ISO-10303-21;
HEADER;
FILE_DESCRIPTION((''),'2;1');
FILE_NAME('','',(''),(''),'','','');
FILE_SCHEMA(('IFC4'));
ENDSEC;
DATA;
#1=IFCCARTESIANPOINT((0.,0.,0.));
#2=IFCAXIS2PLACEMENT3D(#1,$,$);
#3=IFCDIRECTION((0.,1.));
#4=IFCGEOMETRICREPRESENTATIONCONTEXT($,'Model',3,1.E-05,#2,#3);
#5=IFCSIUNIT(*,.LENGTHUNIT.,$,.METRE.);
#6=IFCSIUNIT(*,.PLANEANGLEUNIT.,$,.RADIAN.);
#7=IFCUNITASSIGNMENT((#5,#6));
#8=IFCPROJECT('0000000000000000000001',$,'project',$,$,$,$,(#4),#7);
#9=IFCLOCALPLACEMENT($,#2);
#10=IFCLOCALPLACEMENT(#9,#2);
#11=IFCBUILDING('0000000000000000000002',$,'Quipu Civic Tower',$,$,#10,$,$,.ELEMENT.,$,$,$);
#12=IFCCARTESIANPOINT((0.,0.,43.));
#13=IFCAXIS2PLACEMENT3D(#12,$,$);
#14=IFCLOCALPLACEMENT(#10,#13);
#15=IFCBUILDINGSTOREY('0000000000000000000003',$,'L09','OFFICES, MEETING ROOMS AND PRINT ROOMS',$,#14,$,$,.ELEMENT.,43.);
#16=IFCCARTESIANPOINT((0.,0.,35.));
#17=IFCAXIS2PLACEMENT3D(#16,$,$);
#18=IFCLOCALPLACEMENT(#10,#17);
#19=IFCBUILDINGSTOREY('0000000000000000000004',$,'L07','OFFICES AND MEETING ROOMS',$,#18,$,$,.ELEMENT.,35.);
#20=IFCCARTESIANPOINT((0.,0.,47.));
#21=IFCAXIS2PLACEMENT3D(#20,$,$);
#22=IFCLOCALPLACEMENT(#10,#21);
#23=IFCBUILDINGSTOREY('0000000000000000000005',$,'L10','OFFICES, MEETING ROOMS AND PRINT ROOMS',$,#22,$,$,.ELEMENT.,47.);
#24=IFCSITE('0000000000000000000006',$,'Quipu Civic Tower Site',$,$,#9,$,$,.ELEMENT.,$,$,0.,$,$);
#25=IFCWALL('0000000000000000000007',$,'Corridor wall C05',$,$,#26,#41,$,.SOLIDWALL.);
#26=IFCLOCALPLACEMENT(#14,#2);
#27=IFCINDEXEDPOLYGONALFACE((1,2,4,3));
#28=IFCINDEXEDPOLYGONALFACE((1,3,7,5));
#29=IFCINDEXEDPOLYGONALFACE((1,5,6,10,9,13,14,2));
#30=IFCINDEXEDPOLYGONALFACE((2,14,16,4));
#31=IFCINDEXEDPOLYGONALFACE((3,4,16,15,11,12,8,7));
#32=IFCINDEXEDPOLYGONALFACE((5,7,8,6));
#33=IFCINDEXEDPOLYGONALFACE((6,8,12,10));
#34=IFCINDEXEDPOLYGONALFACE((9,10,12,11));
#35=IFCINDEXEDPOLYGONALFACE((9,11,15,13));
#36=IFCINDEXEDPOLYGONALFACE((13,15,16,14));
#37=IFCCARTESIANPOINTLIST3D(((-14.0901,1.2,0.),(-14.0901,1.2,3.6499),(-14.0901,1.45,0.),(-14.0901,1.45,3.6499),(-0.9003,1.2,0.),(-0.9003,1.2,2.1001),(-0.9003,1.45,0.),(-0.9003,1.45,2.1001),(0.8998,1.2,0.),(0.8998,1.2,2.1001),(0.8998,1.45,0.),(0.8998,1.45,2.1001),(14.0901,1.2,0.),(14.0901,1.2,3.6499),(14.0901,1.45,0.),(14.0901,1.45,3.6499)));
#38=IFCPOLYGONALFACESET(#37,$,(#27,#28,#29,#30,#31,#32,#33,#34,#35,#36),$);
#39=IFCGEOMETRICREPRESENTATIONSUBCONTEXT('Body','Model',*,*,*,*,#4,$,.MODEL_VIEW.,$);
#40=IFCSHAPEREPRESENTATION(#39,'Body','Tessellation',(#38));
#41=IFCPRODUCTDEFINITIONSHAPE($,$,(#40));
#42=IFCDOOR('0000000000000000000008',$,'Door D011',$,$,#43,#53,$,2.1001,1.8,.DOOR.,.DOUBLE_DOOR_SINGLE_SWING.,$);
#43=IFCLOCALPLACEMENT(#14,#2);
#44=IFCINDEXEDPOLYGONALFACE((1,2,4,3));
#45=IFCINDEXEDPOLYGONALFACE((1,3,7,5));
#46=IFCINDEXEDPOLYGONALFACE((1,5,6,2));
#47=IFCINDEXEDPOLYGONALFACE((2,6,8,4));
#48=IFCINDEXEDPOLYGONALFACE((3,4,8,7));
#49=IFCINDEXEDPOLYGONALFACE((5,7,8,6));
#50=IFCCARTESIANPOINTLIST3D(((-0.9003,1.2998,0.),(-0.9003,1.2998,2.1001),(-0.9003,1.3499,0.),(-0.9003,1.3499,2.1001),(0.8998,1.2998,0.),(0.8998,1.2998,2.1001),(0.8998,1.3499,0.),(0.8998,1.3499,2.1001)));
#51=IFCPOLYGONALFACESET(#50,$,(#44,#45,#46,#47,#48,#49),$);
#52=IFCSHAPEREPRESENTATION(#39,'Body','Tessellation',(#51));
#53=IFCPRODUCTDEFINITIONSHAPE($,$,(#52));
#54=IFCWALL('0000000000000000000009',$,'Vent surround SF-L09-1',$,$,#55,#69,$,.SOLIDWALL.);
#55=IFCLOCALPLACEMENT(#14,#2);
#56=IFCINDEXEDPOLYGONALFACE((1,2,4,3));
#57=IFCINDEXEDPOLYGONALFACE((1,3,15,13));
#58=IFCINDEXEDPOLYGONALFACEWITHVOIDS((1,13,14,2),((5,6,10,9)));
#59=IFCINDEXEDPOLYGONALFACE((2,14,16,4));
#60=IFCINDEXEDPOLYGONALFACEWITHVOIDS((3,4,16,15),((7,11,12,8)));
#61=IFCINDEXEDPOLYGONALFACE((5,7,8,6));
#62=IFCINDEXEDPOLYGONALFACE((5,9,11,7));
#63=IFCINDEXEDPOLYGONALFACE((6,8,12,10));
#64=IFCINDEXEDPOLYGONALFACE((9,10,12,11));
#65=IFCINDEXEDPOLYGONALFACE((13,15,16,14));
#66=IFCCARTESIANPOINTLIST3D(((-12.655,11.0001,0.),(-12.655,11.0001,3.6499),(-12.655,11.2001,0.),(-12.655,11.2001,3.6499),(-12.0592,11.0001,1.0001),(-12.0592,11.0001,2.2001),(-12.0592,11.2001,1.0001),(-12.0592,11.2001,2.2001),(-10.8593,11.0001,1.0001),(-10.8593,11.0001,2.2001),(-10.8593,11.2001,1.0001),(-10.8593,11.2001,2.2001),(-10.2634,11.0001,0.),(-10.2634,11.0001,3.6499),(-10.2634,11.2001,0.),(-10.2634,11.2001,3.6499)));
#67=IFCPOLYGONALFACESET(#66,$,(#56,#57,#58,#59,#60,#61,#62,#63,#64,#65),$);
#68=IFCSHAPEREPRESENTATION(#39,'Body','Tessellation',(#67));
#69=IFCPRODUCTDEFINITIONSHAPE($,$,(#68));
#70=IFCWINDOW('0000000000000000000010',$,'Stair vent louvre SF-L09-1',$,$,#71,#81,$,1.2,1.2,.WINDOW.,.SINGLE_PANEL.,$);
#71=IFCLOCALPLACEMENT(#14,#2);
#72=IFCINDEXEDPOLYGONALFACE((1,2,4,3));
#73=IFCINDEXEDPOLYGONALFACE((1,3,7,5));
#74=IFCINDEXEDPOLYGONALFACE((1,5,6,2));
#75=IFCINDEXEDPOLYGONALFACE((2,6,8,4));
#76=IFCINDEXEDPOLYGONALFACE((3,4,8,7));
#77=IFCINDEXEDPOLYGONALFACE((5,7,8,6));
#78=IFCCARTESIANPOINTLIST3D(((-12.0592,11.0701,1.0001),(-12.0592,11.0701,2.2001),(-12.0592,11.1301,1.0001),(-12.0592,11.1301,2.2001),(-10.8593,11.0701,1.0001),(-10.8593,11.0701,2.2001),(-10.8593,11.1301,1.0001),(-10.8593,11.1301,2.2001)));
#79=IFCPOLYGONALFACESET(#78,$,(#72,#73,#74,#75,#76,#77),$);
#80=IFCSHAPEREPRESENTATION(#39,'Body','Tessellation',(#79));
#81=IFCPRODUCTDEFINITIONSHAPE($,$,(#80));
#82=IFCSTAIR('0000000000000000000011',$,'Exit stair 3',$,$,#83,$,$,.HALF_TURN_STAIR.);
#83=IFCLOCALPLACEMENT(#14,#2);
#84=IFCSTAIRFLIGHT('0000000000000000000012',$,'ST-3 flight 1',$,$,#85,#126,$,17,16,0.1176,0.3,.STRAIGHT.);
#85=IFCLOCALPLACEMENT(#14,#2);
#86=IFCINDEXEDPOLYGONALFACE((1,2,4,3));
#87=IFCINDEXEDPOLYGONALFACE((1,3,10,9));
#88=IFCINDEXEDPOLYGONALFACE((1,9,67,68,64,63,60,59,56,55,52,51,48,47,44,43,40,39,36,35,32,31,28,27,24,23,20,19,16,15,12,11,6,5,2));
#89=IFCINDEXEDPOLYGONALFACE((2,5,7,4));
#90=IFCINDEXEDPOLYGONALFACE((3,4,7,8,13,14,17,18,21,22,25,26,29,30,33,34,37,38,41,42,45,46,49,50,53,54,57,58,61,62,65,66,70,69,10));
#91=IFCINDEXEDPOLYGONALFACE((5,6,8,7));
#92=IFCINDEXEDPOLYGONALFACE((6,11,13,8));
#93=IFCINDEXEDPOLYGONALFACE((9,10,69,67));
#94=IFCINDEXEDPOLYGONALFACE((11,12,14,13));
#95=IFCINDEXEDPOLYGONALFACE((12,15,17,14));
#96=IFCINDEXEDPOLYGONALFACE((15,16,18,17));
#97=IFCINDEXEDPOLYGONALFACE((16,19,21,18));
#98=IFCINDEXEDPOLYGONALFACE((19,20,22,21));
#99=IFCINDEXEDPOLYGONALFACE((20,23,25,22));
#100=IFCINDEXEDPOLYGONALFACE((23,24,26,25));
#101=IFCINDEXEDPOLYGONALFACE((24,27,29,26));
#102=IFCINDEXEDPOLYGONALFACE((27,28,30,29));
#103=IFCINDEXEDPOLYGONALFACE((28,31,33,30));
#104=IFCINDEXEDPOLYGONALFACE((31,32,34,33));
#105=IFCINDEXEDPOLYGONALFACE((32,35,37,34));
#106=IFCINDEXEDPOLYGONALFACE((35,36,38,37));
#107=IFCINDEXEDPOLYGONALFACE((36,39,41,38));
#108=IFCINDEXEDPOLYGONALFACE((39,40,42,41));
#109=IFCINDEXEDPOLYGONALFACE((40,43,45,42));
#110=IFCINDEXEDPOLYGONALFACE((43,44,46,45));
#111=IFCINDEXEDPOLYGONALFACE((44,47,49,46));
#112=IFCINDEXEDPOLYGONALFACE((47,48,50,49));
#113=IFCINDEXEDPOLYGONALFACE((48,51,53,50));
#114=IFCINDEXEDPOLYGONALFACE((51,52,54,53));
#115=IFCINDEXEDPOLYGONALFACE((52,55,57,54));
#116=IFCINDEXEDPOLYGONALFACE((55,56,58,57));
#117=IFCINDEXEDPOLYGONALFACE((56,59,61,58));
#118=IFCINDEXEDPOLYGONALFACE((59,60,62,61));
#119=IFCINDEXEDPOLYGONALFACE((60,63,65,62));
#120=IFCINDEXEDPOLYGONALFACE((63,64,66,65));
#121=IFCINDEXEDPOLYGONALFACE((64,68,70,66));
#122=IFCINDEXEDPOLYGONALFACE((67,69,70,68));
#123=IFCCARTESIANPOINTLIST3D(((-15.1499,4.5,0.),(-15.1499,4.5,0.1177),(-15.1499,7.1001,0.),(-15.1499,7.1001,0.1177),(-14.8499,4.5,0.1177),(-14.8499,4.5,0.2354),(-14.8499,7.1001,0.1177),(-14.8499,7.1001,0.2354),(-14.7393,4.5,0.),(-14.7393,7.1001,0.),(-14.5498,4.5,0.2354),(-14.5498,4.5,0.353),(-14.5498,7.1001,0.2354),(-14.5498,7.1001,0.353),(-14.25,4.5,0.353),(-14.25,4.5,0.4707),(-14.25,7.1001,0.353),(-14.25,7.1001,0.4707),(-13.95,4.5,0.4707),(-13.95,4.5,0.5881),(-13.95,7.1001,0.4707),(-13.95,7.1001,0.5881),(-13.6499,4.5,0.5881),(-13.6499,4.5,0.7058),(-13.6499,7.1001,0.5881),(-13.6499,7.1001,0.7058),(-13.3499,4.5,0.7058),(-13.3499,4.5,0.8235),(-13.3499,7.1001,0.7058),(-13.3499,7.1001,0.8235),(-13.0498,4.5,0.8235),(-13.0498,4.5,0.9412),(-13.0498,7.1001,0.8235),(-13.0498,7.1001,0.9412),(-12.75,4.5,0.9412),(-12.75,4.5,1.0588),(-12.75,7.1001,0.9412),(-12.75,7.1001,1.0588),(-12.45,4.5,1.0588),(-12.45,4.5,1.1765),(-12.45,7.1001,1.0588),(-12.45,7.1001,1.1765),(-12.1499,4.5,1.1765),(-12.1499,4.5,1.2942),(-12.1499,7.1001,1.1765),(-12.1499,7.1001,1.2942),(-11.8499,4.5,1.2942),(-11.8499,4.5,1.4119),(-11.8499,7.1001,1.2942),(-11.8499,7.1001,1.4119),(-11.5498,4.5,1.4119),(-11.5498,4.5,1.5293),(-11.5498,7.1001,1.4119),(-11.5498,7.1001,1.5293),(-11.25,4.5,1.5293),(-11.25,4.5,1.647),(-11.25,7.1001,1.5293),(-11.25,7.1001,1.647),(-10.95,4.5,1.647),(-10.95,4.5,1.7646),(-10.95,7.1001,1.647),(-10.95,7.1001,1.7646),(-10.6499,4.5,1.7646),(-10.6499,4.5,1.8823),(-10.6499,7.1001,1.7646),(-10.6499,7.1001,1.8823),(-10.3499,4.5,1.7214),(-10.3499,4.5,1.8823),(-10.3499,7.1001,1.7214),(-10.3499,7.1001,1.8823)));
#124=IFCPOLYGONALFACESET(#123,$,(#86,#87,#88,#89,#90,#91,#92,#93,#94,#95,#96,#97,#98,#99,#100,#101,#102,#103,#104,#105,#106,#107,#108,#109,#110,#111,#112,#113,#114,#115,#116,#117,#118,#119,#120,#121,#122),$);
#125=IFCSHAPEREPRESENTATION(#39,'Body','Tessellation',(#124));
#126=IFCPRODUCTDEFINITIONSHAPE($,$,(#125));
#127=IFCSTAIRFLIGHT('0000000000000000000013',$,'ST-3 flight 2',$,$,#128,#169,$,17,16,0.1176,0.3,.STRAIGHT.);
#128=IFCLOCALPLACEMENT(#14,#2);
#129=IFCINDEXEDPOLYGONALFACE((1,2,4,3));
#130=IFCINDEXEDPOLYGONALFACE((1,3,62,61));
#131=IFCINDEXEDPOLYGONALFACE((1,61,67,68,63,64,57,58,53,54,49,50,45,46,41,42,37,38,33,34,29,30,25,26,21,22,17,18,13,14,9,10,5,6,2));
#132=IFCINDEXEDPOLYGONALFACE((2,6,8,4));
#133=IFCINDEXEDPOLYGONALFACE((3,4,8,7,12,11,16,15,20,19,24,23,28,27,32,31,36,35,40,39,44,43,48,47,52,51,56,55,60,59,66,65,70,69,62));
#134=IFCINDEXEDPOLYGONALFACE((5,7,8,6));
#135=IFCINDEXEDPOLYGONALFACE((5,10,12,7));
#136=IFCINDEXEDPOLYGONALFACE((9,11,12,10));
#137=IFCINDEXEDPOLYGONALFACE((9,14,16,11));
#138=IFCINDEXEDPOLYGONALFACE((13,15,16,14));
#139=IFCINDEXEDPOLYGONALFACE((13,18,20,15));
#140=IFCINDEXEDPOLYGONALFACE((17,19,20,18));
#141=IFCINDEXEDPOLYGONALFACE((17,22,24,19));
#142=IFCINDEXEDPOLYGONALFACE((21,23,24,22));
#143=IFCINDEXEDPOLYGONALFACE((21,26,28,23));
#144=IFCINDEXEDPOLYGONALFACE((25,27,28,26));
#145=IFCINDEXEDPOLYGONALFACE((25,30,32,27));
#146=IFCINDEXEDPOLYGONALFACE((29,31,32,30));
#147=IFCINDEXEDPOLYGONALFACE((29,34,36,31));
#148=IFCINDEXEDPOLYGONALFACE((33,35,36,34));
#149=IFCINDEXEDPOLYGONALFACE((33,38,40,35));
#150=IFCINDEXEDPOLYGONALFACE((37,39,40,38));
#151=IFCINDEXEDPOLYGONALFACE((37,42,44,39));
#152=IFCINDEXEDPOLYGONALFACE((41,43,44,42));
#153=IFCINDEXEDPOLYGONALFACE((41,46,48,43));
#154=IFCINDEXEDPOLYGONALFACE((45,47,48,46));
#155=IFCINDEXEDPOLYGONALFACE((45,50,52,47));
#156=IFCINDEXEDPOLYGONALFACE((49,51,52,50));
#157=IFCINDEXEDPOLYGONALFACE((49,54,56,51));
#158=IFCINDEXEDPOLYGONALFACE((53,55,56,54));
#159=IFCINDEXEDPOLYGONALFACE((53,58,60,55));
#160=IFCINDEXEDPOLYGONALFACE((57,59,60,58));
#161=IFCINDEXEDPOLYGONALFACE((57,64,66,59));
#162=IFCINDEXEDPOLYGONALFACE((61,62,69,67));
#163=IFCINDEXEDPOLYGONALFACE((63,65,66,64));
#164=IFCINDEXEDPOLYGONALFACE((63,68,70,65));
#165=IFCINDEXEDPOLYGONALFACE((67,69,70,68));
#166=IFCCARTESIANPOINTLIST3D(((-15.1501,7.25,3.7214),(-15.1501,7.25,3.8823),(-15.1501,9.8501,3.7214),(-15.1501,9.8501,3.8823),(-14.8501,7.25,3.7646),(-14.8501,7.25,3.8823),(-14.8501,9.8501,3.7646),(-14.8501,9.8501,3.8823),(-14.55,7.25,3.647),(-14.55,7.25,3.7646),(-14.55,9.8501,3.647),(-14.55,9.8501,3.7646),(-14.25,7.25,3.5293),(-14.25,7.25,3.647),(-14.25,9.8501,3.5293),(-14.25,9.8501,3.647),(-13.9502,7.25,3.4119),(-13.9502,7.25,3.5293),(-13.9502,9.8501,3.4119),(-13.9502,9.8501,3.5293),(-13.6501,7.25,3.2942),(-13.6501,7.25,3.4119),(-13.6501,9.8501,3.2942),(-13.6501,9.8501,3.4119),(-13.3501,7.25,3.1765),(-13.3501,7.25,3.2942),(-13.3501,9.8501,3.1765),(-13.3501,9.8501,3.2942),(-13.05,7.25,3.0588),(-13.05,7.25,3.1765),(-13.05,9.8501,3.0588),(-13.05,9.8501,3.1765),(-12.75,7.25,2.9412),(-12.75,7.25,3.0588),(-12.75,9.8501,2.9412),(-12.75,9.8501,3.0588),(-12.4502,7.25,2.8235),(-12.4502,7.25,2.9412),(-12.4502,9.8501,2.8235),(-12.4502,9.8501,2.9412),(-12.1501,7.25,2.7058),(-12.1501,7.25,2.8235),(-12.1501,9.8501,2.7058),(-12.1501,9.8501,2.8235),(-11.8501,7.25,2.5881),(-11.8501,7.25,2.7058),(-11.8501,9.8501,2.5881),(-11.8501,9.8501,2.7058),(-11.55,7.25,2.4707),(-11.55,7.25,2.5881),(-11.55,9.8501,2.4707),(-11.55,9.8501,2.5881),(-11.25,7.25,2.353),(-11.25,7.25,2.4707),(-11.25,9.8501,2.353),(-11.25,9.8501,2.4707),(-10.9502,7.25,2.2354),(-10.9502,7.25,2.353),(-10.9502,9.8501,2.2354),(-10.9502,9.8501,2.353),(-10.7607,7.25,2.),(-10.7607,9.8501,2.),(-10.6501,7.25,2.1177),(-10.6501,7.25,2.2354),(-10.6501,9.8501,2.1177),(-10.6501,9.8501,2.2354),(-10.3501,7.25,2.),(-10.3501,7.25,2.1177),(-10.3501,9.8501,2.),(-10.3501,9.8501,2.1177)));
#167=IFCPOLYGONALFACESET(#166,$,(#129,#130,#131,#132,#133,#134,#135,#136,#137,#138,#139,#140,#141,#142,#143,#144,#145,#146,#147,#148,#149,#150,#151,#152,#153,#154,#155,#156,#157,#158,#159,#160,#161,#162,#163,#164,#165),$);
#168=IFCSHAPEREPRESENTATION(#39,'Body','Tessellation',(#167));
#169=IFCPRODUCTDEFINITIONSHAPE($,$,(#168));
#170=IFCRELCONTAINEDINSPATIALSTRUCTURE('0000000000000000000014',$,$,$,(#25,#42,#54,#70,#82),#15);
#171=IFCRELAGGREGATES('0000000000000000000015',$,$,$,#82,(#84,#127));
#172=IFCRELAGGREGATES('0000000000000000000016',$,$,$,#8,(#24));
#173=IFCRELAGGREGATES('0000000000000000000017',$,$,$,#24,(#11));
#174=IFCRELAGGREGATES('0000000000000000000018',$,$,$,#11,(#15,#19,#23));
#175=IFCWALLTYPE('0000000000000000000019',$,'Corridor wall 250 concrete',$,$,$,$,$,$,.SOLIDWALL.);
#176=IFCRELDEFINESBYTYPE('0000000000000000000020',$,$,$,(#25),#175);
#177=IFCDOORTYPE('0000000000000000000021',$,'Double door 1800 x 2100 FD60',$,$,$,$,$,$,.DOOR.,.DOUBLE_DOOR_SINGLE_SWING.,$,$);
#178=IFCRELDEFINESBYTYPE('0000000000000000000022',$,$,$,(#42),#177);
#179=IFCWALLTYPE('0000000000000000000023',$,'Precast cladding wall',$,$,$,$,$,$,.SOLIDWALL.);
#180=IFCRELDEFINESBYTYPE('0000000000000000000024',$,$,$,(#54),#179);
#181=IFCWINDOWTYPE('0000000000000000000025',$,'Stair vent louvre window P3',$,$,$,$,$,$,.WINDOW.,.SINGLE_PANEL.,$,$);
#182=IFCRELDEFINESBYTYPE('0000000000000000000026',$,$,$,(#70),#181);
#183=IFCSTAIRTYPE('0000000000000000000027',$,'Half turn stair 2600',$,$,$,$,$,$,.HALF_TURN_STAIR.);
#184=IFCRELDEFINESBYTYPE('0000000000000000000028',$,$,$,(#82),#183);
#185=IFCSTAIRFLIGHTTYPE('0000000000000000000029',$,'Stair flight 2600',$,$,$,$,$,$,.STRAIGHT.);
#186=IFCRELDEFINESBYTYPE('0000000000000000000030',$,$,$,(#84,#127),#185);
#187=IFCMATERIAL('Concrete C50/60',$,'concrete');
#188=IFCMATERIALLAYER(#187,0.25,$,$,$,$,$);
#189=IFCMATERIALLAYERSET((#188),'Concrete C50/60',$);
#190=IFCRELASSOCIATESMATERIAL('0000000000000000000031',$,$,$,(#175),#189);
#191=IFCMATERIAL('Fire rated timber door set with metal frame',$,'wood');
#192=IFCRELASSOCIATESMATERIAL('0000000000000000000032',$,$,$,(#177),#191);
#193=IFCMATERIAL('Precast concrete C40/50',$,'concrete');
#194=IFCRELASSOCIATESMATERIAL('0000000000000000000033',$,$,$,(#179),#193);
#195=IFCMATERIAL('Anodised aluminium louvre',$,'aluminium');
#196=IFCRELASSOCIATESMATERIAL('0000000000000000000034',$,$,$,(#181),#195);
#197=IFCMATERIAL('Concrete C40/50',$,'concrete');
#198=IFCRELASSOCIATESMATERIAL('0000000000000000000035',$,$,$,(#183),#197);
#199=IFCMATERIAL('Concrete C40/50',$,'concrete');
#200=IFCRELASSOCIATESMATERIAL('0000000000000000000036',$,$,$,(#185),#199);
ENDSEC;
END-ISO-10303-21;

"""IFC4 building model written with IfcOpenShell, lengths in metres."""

from ifc_helpers import new_model, si_unit, direction, frame, frame_2d, origin, place, context, subcontext, project, spatial, polyline, rectangle, outline, extrude, material, layer, layer_set, type_object, element, fill, aggregate, save


model = new_model("IFC4")

# Units and contexts
model_context = context("Model", 3, precision=1e-05, world=origin(), true_north=direction((0.0, 1.0)))
body_context = subcontext(model_context, "Body", "Model", "MODEL_VIEW")
ifc_project = project(units=[si_unit("LENGTHUNIT", "METRE"), si_unit("PLANEANGLEUNIT", "RADIAN")], contexts=[model_context])

# Site, building, storey
site_placement = place(None, origin())
site = spatial("IfcSite", under=ifc_project, at=site_placement, Name="Quipu Civic Tower Site", CompositionType="ELEMENT", RefElevation=0.0)
building_placement = place(site_placement, origin())
building = spatial("IfcBuilding", under=site, at=building_placement, Name="Quipu Civic Tower", CompositionType="ELEMENT")
storey_1_placement = place(building_placement, frame((0.0, 0.0, 43.0)))
storey_1 = spatial("IfcBuildingStorey", under=building, at=storey_1_placement, Name="L09", Description="OFFICES, MEETING ROOMS AND PRINT ROOMS", CompositionType="ELEMENT", Elevation=43.0)

# Shared definitions
storey_2_placement = place(building_placement, frame((0.0, 0.0, 35.0)))
storey_2 = spatial("IfcBuildingStorey", under=building, at=storey_2_placement, Name="L07", Description="OFFICES AND MEETING ROOMS", CompositionType="ELEMENT", Elevation=35.0)

# Shared definitions
storey_3_placement = place(building_placement, frame((0.0, 0.0, 47.0)))
storey_3 = spatial("IfcBuildingStorey", under=building, at=storey_3_placement, Name="L10", Description="OFFICES, MEETING ROOMS AND PRINT ROOMS", CompositionType="ELEMENT", Elevation=47.0)

# Wall, opening, door
ifc_material_1 = material(Name="Concrete C50/60", Category="concrete")
ifc_layer_1 = layer(ifc_material_1, 0.25)
ifc_layer_set_1 = layer_set([ifc_layer_1], Name="Concrete C50/60")
wall_type_1 = type_object("IfcWallType", Name="Corridor wall 250 concrete", PredefinedType="SOLIDWALL", material=ifc_layer_set_1)
wall_1_placement = place(storey_1_placement, frame((-14.0901, 1.325, 0.0), z_axis=(0.0, 0.0, 1.0), x_axis=(1.0, 0.0, 0.0)))
wall_1 = element("IfcWall", 1, at=wall_1_placement, inside=storey_1, type_object=wall_type_1, Name="Corridor wall C05", PredefinedType="SOLIDWALL", context=body_context, shape_type="SweptSolid", body=[
    extrude(rectangle(XDim=28.1802, YDim=0.25, at=frame_2d((14.0901, 0.0))), origin(), (0.0, 0.0, 1.0), 3.6499),
])
opening_1_placement = place(wall_1_placement, frame((13.1899, 0.0, 0.0)))
opening_1 = element("IfcOpeningElement", 2, at=opening_1_placement, cuts=wall_1, PredefinedType="OPENING", context=body_context, shape_type="SweptSolid", body=[
    extrude(rectangle(XDim=1.8, YDim=2.1001, at=frame_2d((0.8999, 1.05))), frame((0.0, 0.135, 0.0), z_axis=(0.0, -1.0, 0.0), x_axis=(1.0, 0.0, 0.0)), (0.0, 0.0, 1.0), 0.27),
])
ifc_material_2 = material(Name="Fire rated timber door set with metal frame", Category="wood")
door_type = type_object("IfcDoorType", Name="Double door 1800 x 2100 FD60", OperationType="DOUBLE_DOOR_SINGLE_SWING", PredefinedType="DOOR", material=ifc_material_2)
door_placement = place(opening_1_placement, origin())
door = element("IfcDoor", 3, at=door_placement, inside=storey_1, type_object=door_type, Name="Door D011", OperationType="DOUBLE_DOOR_SINGLE_SWING", OverallHeight=2.1001, OverallWidth=1.8, PredefinedType="DOOR", context=body_context, shape_type="SweptSolid", body=[
    extrude(rectangle(XDim=1.8, YDim=2.1001, at=frame_2d((0.8999, 1.05))), frame((0.0, 0.0249, 0.0), z_axis=(0.0, -1.0, 0.0), x_axis=(1.0, 0.0, 0.0)), (0.0, 0.0, 1.0), 0.05),
])
fill(opening_1, door)

# Wall, opening, window
ifc_material_3 = material(Name="Precast concrete C40/50", Category="concrete")
wall_type_2 = type_object("IfcWallType", Name="Precast cladding wall", PredefinedType="SOLIDWALL", material=ifc_material_3)
wall_2_placement = place(storey_1_placement, frame((-10.2634, 11.1001, 0.0), z_axis=(0.0, 0.0, 1.0), x_axis=(-1.0, 0.0, 0.0)))
wall_2 = element("IfcWall", 4, at=wall_2_placement, inside=storey_1, type_object=wall_type_2, Name="Vent surround SF-L09-1", PredefinedType="SOLIDWALL", context=body_context, shape_type="SweptSolid", body=[
    extrude(rectangle(XDim=2.3916, YDim=0.2, at=frame_2d((1.1958, 0.0))), origin(), (0.0, 0.0, 1.0), 3.6499),
])
opening_2_placement = place(wall_2_placement, frame((0.5957, 0.0, 1.0)))
opening_2 = element("IfcOpeningElement", 5, at=opening_2_placement, cuts=wall_2, PredefinedType="OPENING", context=body_context, shape_type="SweptSolid", body=[
    extrude(rectangle(XDim=1.2, YDim=1.2, at=frame_2d((0.6001, 0.6001))), frame((0.0, 0.1099, 0.0), z_axis=(0.0, -1.0, 0.0), x_axis=(1.0, 0.0, 0.0)), (0.0, 0.0, 1.0), 0.22),
])
ifc_material_4 = material(Name="Anodised aluminium louvre", Category="aluminium")
window_type = type_object("IfcWindowType", Name="Stair vent louvre window P3", PartitioningType="SINGLE_PANEL", PredefinedType="WINDOW", material=ifc_material_4)
window_placement = place(opening_2_placement, origin())
window = element("IfcWindow", 6, at=window_placement, inside=storey_1, type_object=window_type, Name="Stair vent louvre SF-L09-1", OverallHeight=1.2, OverallWidth=1.2, PartitioningType="SINGLE_PANEL", PredefinedType="WINDOW", context=body_context, shape_type="SweptSolid", body=[
    extrude(rectangle(XDim=1.2, YDim=1.2, at=frame_2d((0.6001, 0.6001))), frame((0.0, 0.03, 0.0), z_axis=(0.0, -1.0, 0.0), x_axis=(1.0, 0.0, 0.0)), (0.0, 0.0, 1.0), 0.0601),
])
fill(opening_2, window)

# Stair, stair flights
ifc_material_5 = material(Name="Concrete C40/50", Category="concrete")
stair_type = type_object("IfcStairType", Name="Half turn stair 2600", PredefinedType="HALF_TURN_STAIR", material=ifc_material_5)
stair_placement = place(storey_1_placement, origin())
stair = element("IfcStair", 7, at=stair_placement, inside=storey_1, type_object=stair_type, Name="Exit stair 3", PredefinedType="HALF_TURN_STAIR")
ifc_material_6 = material(Name="Concrete C40/50", Category="concrete")
stair_flight_type = type_object("IfcStairFlightType", Name="Stair flight 2600", PredefinedType="STRAIGHT", material=ifc_material_6)
stair_flight_1_placement = place(storey_1_placement, frame((-15.1499, 5.8, 0.0), z_axis=(0.0, 0.0, 1.0), x_axis=(1.0, 0.0, 0.0)))
stair_flight_1 = element("IfcStairFlight", 8, at=stair_flight_1_placement, type_object=stair_flight_type, Name="ST-3 flight 1", NumberOfRisers=17, NumberOfTreads=16, PredefinedType="STRAIGHT", RiserHeight=0.1176, TreadLength=0.3, context=body_context, shape_type="SweptSolid", body=[
    extrude(outline(polyline([(0.0, 0.0), (0.0, 0.1177), (0.3, 0.1177), (0.3, 0.2354), (0.6001, 0.2354), (0.6001, 0.353), (0.8999, 0.353), (0.8999, 0.4707), (1.2, 0.4707), (1.2, 0.5881), (1.5, 0.5881), (1.5, 0.7058), (1.8, 0.7058), (1.8, 0.8235), (2.1001, 0.8235), (2.1001, 0.9412), (2.3999, 0.9412), (2.3999, 1.0588), (2.7, 1.0588), (2.7, 1.1765), (3.0, 1.1765), (3.0, 1.2942), (3.3, 1.2942), (3.3, 1.4119), (3.6001, 1.4119), (3.6001, 1.5293), (3.8999, 1.5293), (3.8999, 1.647), (4.2, 1.647), (4.2, 1.7646), (4.5, 1.7646), (4.5, 1.8823), (4.8, 1.8823), (4.8, 2.0), (4.8, 1.7214), (0.4106, 0.0), (0.0, 0.0)])), frame((0.0, 1.3, 0.0), z_axis=(0.0, -1.0, 0.0), x_axis=(1.0, 0.0, 0.0)), (0.0, 0.0, 1.0), 2.6001),
])
stair_flight_2_placement = place(storey_1_placement, frame((-10.3501, 8.55, 2.0), z_axis=(0.0, 0.0, 1.0), x_axis=(-1.0, 0.0, 0.0)))
stair_flight_2 = element("IfcStairFlight", 9, at=stair_flight_2_placement, type_object=stair_flight_type, Name="ST-3 flight 2", NumberOfRisers=17, NumberOfTreads=16, PredefinedType="STRAIGHT", RiserHeight=0.1176, TreadLength=0.3, context=body_context, shape_type="SweptSolid", body=[
    extrude(outline(polyline([(0.0, 0.0), (0.0, 0.1177), (0.3, 0.1177), (0.3, 0.2354), (0.6001, 0.2354), (0.6001, 0.353), (0.8999, 0.353), (0.8999, 0.4707), (1.2, 0.4707), (1.2, 0.5881), (1.5, 0.5881), (1.5, 0.7058), (1.8, 0.7058), (1.8, 0.8235), (2.1001, 0.8235), (2.1001, 0.9412), (2.3999, 0.9412), (2.3999, 1.0588), (2.7, 1.0588), (2.7, 1.1765), (3.0, 1.1765), (3.0, 1.2942), (3.3, 1.2942), (3.3, 1.4119), (3.6001, 1.4119), (3.6001, 1.5293), (3.8999, 1.5293), (3.8999, 1.647), (4.2, 1.647), (4.2, 1.7646), (4.5, 1.7646), (4.5, 1.8823), (4.8, 1.8823), (4.8, 2.0), (4.8, 1.7214), (0.4106, 0.0), (0.0, 0.0)])), frame((0.0, 1.3, 0.0), z_axis=(0.0, -1.0, 0.0), x_axis=(1.0, 0.0, 0.0)), (0.0, 0.0, 1.0), 2.6001),
])
aggregate(stair, [stair_flight_1, stair_flight_2])

save(model, "model.ifc")
